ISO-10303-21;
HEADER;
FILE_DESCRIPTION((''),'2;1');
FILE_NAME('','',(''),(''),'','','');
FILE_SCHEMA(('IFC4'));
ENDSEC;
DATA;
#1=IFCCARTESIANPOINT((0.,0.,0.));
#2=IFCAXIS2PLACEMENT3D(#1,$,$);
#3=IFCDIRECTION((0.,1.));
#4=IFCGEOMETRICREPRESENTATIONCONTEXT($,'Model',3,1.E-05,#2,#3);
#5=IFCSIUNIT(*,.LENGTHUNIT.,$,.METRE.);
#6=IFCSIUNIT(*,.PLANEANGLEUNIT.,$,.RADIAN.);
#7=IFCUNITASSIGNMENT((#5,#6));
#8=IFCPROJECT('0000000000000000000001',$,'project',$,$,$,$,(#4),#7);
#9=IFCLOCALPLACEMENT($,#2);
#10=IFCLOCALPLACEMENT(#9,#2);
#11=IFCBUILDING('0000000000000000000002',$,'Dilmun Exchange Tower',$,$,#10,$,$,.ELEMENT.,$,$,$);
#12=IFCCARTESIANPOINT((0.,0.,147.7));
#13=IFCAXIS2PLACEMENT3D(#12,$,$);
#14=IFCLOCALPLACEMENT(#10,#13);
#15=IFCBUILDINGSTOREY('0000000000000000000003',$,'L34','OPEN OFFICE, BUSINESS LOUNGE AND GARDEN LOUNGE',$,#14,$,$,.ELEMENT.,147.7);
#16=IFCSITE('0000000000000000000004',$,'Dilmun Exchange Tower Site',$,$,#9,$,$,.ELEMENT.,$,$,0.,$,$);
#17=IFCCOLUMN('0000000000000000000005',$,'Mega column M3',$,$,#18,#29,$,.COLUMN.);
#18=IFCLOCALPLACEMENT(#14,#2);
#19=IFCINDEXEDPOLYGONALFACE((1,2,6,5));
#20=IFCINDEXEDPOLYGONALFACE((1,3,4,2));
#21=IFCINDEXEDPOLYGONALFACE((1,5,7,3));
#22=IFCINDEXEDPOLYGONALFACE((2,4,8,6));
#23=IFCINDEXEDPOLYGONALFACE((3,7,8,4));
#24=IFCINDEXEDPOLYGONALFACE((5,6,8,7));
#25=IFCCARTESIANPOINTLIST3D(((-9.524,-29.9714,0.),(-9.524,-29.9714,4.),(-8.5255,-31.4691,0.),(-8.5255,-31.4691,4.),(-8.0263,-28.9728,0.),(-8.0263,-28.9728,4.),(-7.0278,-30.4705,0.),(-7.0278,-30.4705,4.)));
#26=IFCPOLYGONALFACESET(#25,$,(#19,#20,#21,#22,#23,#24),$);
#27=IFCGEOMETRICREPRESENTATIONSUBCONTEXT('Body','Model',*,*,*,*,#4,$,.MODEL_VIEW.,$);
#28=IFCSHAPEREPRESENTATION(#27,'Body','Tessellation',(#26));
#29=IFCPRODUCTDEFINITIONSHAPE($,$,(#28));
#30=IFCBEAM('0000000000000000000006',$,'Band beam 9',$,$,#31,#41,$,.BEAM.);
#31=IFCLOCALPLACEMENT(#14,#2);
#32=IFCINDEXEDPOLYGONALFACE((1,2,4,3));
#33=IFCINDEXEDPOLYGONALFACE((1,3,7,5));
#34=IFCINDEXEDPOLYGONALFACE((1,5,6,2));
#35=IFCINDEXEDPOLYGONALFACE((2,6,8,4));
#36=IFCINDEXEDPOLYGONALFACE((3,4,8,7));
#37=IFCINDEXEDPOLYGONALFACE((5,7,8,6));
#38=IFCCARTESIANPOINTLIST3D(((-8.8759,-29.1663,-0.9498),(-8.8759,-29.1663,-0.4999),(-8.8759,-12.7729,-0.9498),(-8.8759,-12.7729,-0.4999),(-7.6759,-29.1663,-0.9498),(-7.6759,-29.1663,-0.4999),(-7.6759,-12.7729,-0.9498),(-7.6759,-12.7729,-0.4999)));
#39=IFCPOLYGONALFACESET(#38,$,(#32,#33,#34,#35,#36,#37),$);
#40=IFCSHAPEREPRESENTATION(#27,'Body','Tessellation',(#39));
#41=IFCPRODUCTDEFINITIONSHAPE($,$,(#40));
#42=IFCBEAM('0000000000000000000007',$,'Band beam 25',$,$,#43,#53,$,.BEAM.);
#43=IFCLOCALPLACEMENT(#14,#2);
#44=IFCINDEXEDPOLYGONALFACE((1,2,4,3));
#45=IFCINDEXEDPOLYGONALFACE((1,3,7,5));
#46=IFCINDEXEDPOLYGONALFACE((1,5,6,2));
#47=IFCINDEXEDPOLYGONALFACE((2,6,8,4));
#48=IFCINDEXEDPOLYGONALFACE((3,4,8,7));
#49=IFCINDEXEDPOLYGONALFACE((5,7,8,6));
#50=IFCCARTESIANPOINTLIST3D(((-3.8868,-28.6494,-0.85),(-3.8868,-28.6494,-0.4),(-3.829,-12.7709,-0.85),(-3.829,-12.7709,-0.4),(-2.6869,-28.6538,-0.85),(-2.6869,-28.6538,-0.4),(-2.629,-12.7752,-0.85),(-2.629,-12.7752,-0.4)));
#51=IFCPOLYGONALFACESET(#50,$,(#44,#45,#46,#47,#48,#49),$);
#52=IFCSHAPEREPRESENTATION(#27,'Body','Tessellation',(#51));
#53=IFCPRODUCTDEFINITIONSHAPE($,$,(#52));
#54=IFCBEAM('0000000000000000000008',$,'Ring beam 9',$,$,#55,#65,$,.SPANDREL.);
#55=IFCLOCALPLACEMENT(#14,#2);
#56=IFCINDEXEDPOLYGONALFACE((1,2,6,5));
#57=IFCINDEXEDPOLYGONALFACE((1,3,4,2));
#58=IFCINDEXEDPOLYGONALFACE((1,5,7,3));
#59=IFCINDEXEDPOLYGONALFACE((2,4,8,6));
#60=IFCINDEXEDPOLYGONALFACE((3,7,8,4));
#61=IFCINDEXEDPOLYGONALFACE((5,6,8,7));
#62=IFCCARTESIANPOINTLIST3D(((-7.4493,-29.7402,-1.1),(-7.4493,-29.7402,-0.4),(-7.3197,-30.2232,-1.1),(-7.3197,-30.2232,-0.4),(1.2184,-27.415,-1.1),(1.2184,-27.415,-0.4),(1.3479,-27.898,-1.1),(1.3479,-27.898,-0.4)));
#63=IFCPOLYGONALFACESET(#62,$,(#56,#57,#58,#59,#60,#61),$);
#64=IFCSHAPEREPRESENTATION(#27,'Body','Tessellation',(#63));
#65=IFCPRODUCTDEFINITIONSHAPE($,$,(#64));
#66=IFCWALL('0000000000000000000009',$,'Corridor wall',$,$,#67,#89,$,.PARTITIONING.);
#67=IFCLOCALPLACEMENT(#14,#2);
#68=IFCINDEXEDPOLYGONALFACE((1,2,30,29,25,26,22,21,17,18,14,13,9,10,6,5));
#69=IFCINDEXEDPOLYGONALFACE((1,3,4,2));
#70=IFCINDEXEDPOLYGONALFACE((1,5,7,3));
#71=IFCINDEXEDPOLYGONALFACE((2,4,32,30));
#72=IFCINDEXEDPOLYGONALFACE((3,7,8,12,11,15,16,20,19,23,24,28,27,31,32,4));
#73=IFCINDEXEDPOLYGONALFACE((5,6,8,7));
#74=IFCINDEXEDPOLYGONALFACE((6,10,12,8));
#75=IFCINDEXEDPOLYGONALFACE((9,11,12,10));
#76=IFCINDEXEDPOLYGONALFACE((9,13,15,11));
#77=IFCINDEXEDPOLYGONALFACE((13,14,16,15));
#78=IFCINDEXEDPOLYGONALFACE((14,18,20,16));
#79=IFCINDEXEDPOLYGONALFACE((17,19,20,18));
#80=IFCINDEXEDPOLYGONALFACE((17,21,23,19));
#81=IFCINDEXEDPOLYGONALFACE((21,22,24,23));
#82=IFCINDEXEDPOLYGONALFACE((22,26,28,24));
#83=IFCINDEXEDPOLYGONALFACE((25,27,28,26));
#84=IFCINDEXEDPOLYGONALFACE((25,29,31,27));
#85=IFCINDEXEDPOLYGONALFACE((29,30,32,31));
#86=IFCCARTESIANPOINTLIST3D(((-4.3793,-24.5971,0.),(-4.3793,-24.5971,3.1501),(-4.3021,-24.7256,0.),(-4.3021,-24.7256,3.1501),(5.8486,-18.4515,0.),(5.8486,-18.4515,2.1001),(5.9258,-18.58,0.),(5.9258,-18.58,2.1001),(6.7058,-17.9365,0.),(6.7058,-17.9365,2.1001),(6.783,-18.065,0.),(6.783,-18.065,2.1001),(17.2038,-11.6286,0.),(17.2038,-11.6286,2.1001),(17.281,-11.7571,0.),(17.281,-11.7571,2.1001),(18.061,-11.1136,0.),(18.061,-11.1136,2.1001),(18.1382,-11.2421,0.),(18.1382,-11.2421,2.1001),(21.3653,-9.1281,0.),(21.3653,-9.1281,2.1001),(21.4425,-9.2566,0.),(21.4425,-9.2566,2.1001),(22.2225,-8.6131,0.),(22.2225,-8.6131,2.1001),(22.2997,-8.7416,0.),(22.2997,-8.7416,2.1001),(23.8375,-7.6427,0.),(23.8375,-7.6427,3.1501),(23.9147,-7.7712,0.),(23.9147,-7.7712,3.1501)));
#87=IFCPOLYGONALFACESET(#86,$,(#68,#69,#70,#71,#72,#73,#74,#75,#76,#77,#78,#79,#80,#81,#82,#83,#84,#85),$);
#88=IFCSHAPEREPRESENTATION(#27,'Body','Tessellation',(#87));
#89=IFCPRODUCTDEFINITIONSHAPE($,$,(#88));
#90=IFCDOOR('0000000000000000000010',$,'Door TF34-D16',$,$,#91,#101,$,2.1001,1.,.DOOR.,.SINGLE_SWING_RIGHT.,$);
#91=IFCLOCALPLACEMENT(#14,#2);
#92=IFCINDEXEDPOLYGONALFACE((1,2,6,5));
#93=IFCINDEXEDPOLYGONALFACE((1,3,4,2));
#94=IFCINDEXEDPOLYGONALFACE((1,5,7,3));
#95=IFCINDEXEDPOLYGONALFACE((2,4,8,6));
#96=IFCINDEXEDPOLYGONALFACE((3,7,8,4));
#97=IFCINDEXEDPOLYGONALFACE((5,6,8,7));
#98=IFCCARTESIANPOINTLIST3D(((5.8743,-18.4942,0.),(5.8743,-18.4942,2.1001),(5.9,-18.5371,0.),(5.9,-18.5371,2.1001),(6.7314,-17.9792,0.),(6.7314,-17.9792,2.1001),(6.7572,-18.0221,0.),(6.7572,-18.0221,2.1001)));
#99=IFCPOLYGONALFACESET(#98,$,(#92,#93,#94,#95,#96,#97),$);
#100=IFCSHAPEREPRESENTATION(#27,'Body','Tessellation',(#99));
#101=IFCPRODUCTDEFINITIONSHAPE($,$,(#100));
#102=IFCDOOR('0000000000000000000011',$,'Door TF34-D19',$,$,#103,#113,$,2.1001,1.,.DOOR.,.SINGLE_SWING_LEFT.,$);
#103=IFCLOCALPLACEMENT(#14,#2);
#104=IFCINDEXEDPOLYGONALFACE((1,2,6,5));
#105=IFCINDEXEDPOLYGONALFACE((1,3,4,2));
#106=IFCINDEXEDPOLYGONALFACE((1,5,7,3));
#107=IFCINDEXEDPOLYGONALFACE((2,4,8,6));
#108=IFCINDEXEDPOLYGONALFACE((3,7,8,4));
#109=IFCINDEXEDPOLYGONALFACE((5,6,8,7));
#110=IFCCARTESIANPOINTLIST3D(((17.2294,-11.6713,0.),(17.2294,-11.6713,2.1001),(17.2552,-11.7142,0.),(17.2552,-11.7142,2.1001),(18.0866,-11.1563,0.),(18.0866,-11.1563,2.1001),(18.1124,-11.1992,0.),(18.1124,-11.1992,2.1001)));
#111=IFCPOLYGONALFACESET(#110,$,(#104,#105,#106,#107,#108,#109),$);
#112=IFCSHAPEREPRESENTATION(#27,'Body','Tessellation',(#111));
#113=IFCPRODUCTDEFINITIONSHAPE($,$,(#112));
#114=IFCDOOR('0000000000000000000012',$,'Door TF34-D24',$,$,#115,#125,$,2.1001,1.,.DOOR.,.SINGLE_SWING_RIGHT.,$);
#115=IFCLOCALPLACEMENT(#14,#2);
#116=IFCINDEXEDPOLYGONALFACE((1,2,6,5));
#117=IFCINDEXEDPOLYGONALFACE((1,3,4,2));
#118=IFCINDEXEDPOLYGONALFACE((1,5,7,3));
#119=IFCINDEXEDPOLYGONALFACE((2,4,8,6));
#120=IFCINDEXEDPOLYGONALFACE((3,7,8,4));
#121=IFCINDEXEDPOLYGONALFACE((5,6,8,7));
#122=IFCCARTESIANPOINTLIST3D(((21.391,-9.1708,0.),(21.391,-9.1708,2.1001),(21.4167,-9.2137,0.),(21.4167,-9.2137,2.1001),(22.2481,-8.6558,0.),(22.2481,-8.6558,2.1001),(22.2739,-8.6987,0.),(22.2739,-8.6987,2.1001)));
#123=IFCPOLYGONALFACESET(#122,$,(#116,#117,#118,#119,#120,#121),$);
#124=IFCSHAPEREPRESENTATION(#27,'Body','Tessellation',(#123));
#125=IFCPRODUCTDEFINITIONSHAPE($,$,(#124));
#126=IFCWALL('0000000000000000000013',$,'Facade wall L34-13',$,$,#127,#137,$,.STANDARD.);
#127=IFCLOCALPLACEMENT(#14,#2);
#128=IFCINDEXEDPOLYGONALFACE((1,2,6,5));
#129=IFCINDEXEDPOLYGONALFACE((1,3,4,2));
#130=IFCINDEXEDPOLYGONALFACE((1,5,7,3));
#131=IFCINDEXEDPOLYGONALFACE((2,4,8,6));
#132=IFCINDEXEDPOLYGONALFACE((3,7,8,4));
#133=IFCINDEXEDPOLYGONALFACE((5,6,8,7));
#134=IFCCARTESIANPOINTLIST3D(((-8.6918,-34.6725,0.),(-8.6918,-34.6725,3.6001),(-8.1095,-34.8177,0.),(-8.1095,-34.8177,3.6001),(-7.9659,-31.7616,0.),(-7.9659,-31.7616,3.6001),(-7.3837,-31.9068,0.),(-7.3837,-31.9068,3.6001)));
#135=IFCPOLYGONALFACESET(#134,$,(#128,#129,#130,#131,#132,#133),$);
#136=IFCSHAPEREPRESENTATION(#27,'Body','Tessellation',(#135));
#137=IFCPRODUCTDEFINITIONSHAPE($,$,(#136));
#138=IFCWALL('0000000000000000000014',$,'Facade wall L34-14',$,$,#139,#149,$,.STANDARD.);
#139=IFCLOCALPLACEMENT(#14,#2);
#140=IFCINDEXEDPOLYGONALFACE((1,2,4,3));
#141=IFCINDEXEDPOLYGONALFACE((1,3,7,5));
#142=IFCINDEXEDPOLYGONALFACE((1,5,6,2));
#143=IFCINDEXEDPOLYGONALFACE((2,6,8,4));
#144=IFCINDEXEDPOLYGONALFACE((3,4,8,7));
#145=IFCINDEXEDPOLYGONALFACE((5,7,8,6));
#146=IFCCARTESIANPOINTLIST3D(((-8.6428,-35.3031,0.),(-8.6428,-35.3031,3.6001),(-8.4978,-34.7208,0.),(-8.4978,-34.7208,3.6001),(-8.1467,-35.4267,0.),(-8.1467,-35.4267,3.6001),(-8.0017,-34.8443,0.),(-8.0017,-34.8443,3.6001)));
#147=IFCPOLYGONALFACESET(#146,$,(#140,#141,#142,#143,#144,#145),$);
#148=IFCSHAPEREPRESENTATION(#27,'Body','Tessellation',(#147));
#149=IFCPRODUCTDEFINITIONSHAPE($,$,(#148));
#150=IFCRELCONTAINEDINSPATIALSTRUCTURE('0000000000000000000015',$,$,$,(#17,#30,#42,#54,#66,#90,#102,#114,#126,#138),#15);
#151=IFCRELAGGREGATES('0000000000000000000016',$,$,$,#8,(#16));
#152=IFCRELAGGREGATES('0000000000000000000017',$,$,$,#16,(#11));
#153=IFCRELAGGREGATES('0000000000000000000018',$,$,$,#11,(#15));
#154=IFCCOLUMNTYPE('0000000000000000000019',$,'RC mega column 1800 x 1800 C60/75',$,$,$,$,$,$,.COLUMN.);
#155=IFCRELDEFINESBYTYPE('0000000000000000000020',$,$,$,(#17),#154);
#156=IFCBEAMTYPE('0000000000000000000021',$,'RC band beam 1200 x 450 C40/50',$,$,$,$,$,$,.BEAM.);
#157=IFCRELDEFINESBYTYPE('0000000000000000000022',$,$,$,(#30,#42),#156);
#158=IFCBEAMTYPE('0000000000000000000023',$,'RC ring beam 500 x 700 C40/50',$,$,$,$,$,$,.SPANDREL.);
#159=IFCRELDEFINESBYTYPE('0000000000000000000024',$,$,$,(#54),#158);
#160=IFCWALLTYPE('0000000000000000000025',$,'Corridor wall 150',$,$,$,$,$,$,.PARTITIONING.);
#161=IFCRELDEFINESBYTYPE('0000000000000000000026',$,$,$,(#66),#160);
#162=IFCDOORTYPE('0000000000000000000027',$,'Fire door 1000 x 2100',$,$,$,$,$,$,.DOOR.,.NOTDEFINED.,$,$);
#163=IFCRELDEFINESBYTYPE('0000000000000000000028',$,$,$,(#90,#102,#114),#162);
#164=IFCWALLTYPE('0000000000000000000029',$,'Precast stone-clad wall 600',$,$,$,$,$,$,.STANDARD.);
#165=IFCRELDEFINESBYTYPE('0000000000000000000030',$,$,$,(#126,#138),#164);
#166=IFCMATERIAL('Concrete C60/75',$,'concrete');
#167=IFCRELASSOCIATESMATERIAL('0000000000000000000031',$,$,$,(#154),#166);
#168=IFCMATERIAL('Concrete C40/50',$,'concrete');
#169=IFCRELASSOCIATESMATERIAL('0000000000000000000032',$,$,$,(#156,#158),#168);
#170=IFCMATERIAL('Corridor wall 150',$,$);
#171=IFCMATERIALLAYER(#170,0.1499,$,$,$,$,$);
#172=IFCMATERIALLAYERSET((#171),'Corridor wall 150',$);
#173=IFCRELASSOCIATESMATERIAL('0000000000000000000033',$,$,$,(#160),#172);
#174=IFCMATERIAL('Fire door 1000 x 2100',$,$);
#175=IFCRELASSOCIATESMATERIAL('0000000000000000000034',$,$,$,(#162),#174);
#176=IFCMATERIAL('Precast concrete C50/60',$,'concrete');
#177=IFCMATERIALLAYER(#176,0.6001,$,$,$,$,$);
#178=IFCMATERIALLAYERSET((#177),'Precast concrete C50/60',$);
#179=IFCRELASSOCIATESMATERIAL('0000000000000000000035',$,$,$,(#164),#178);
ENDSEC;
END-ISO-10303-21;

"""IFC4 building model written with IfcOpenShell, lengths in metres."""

from ifc_helpers import new_model, si_unit, direction, frame, frame_2d, origin, origin_2d, place, context, subcontext, project, spatial, rectangle, extrude, material, layer, layer_set, material_profile, profile_set, type_object, element, fill, save


model = new_model("IFC4")

# Units and contexts
model_context = context("Model", 3, precision=1e-05, world=origin(), true_north=direction((0.0, 1.0)))
body_context = subcontext(model_context, "Body", "Model", "MODEL_VIEW")
ifc_project = project(units=[si_unit("LENGTHUNIT", "METRE"), si_unit("PLANEANGLEUNIT", "RADIAN")], contexts=[model_context])

# Site, building, storey
site_placement = place(None, origin())
site = spatial("IfcSite", under=ifc_project, at=site_placement, Name="Dilmun Exchange Tower Site", CompositionType="ELEMENT", RefElevation=0.0)
building_placement = place(site_placement, origin())
building = spatial("IfcBuilding", under=site, at=building_placement, Name="Dilmun Exchange Tower", CompositionType="ELEMENT")
storey_placement = place(building_placement, frame((0.0, 0.0, 147.7)))
storey = spatial("IfcBuildingStorey", under=building, at=storey_placement, Name="L34", Description="OPEN OFFICE, BUSINESS LOUNGE AND GARDEN LOUNGE", CompositionType="ELEMENT", Elevation=147.7)

# Column
ifc_material_1 = material(Name="Concrete C60/75", Category="concrete")
ifc_material_profile_1 = material_profile(ifc_material_1, rectangle(XDim=1.8, YDim=1.8, at=origin_2d()), Name="1800 x 1800")
ifc_profile_set_1 = profile_set([ifc_material_profile_1], Name="Concrete C60/75")
column_type = type_object("IfcColumnType", Name="RC mega column 1800 x 1800 C60/75", PredefinedType="COLUMN", material=ifc_profile_set_1)
column_placement = place(storey_placement, frame((-8.2759, -30.2209, 0.0), z_axis=(0.0, 0.0, 1.0), x_axis=(0.832029, 0.554733, 0.0)))
element("IfcColumn", 1, at=column_placement, inside=storey, type_object=column_type, Name="Mega column M3", PredefinedType="COLUMN", context=body_context, shape_type="SweptSolid", body=[
    extrude(rectangle(XDim=1.8, YDim=1.8, at=origin_2d()), origin(), (0.0, 0.0, 1.0), 4.0),
])

# Beams
ifc_material_2 = material(Name="Concrete C40/50", Category="concrete")
ifc_material_profile_2 = material_profile(ifc_material_2, rectangle(XDim=1.2, YDim=0.45, at=origin_2d()), Name="1200 x 450")
ifc_profile_set_2 = profile_set([ifc_material_profile_2], Name="Concrete C40/50")
beam_type_1 = type_object("IfcBeamType", Name="RC band beam 1200 x 450 C40/50", PredefinedType="BEAM", material=ifc_profile_set_2)
beam_1_placement = place(storey_placement, frame((-8.2759, -29.1663, -0.7249), z_axis=(0.0, 1.0, 0.0), x_axis=(-1.0, 0.0, 0.0)))
element("IfcBeam", 2, at=beam_1_placement, inside=storey, type_object=beam_type_1, Name="Band beam 9", PredefinedType="BEAM", context=body_context, shape_type="SweptSolid", body=[
    extrude(rectangle(XDim=1.2, YDim=0.45, at=origin_2d()), origin(), (0.0, 0.0, 1.0), 16.3933),
])
beam_2_placement = place(storey_placement, frame((-3.2869, -28.6516, -0.625), z_axis=(0.003644, 0.999993, 0.0), x_axis=(-0.999993, 0.003644, 0.0)))
element("IfcBeam", 3, at=beam_2_placement, inside=storey, type_object=beam_type_1, Name="Band beam 25", PredefinedType="BEAM", context=body_context, shape_type="SweptSolid", body=[
    extrude(rectangle(XDim=1.2, YDim=0.45, at=origin_2d()), origin(), (0.0, 0.0, 1.0), 15.8787),
])
ifc_material_profile_3 = material_profile(ifc_material_2, rectangle(XDim=0.5, YDim=0.7, at=origin_2d()), Name="500 x 700")
ifc_profile_set_3 = profile_set([ifc_material_profile_3], Name="Concrete C40/50")
beam_type_2 = type_object("IfcBeamType", Name="RC ring beam 500 x 700 C40/50", PredefinedType="SPANDREL", material=ifc_profile_set_3)
beam_3_placement = place(storey_placement, frame((-7.3845, -29.9817, -0.75), z_axis=(0.965851, 0.259098, 0.0), x_axis=(-0.259098, 0.965851, 0.0)))
element("IfcBeam", 4, at=beam_3_placement, inside=storey, type_object=beam_type_2, Name="Ring beam 9", PredefinedType="SPANDREL", context=body_context, shape_type="SweptSolid", body=[
    extrude(rectangle(XDim=0.5, YDim=0.7, at=origin_2d()), origin(), (0.0, 0.0, 1.0), 8.9741),
])

# Wall, openings, doors
ifc_material_3 = material(Name="Corridor wall 150")
ifc_layer_1 = layer(ifc_material_3, 0.1499)
ifc_layer_set_1 = layer_set([ifc_layer_1], Name="Corridor wall 150")
wall_type_1 = type_object("IfcWallType", Name="Corridor wall 150", PredefinedType="PARTITIONING", material=ifc_layer_set_1)
wall_1_placement = place(storey_placement, frame((-4.3408, -24.6614, 0.0), z_axis=(0.0, 0.0, 1.0), x_axis=(0.857168, 0.515038, 0.0)))
wall_1 = element("IfcWall", 5, at=wall_1_placement, inside=storey, type_object=wall_type_1, Name="Corridor wall", PredefinedType="PARTITIONING", context=body_context, shape_type="SweptSolid", body=[
    extrude(rectangle(XDim=32.9187, YDim=0.1499, at=frame_2d((16.4595, 0.0))), origin(), (0.0, 0.0, 1.0), 3.1501),
])
opening_1_placement = place(wall_1_placement, frame((11.9324, 0.0, 0.0)))
opening_1 = element("IfcOpeningElement", 6, at=opening_1_placement, cuts=wall_1, PredefinedType="OPENING", context=body_context, shape_type="SweptSolid", body=[
    extrude(rectangle(XDim=1.0, YDim=2.1001, at=frame_2d((0.5, 1.05))), frame((0.0, 0.085, 0.0), z_axis=(0.0, -1.0, 0.0), x_axis=(1.0, 0.0, 0.0)), (0.0, 0.0, 1.0), 0.1699),
])
opening_2_placement = place(wall_1_placement, frame((25.1797, 0.0, 0.0)))
opening_2 = element("IfcOpeningElement", 7, at=opening_2_placement, cuts=wall_1, PredefinedType="OPENING", context=body_context, shape_type="SweptSolid", body=[
    extrude(rectangle(XDim=1.0, YDim=2.1001, at=frame_2d((0.5, 1.05))), frame((0.0, 0.085, 0.0), z_axis=(0.0, -1.0, 0.0), x_axis=(1.0, 0.0, 0.0)), (0.0, 0.0, 1.0), 0.1699),
])
opening_3_placement = place(wall_1_placement, frame((30.0347, 0.0, 0.0)))
opening_3 = element("IfcOpeningElement", 8, at=opening_3_placement, cuts=wall_1, PredefinedType="OPENING", context=body_context, shape_type="SweptSolid", body=[
    extrude(rectangle(XDim=1.0, YDim=2.1001, at=frame_2d((0.5, 1.05))), frame((0.0, 0.085, 0.0), z_axis=(0.0, -1.0, 0.0), x_axis=(1.0, 0.0, 0.0)), (0.0, 0.0, 1.0), 0.1699),
])
ifc_material_4 = material(Name="Fire door 1000 x 2100")
door_type = type_object("IfcDoorType", Name="Fire door 1000 x 2100", OperationType="NOTDEFINED", PredefinedType="DOOR", material=ifc_material_4)
door_1_placement = place(opening_1_placement, frame((1.0, 0.0, 0.0), z_axis=(0.0, 0.0, 1.0), x_axis=(-1.0, 0.0, 0.0)))
door_1 = element("IfcDoor", 9, at=door_1_placement, inside=storey, type_object=door_type, Name="Door TF34-D16", OperationType="SINGLE_SWING_RIGHT", OverallHeight=2.1001, OverallWidth=1.0, PredefinedType="DOOR", context=body_context, shape_type="SweptSolid", body=[
    extrude(rectangle(XDim=1.0, YDim=2.1001, at=frame_2d((0.5, 1.05))), frame((0.0, 0.0249, 0.0), z_axis=(0.0, -1.0, 0.0), x_axis=(1.0, 0.0, 0.0)), (0.0, 0.0, 1.0), 0.05),
])
fill(opening_1, door_1)
door_2_placement = place(opening_2_placement, frame((1.0, 0.0, 0.0), z_axis=(0.0, 0.0, 1.0), x_axis=(-1.0, 0.0, 0.0)))
door_2 = element("IfcDoor", 10, at=door_2_placement, inside=storey, type_object=door_type, Name="Door TF34-D19", OperationType="SINGLE_SWING_LEFT", OverallHeight=2.1001, OverallWidth=1.0, PredefinedType="DOOR", context=body_context, shape_type="SweptSolid", body=[
    extrude(rectangle(XDim=1.0, YDim=2.1001, at=frame_2d((0.5, 1.05))), frame((0.0, 0.0249, 0.0), z_axis=(0.0, -1.0, 0.0), x_axis=(1.0, 0.0, 0.0)), (0.0, 0.0, 1.0), 0.05),
])
fill(opening_2, door_2)
door_3_placement = place(opening_3_placement, frame((1.0, 0.0, 0.0), z_axis=(0.0, 0.0, 1.0), x_axis=(-1.0, 0.0, 0.0)))
door_3 = element("IfcDoor", 11, at=door_3_placement, inside=storey, type_object=door_type, Name="Door TF34-D24", OperationType="SINGLE_SWING_RIGHT", OverallHeight=2.1001, OverallWidth=1.0, PredefinedType="DOOR", context=body_context, shape_type="SweptSolid", body=[
    extrude(rectangle(XDim=1.0, YDim=2.1001, at=frame_2d((0.5, 1.05))), frame((0.0, 0.0249, 0.0), z_axis=(0.0, -1.0, 0.0), x_axis=(1.0, 0.0, 0.0)), (0.0, 0.0, 1.0), 0.05),
])
fill(opening_3, door_3)

# Walls
ifc_material_5 = material(Name="Precast concrete C50/60", Category="concrete")
ifc_layer_2 = layer(ifc_material_5, 0.6001)
ifc_layer_set_2 = layer_set([ifc_layer_2], Name="Precast concrete C50/60")
wall_type_2 = type_object("IfcWallType", Name="Precast stone-clad wall 600", PredefinedType="STANDARD", material=ifc_layer_set_2)
wall_2_placement = place(storey_placement, frame((-7.6748, -31.8342, 0.0), z_axis=(0.0, 0.0, 1.0), x_axis=(-0.241942, -0.970291, 0.0)))
element("IfcWall", 12, at=wall_2_placement, inside=storey, type_object=wall_type_2, Name="Facade wall L34-13", PredefinedType="STANDARD", context=body_context, shape_type="SweptSolid", body=[
    extrude(rectangle(XDim=3.0, YDim=0.6001, at=frame_2d((1.5, 0.0))), origin(), (0.0, 0.0, 1.0), 3.6001),
])
wall_3_placement = place(storey_placement, frame((-8.5703, -35.012, 0.0), z_axis=(0.0, 0.0, 1.0), x_axis=(0.970367, -0.241637, 0.0)))
element("IfcWall", 13, at=wall_3_placement, inside=storey, type_object=wall_type_2, Name="Facade wall L34-14", PredefinedType="STANDARD", context=body_context, shape_type="SweptSolid", body=[
    extrude(rectangle(XDim=0.5112, YDim=0.6001, at=frame_2d((0.2556, 0.0))), origin(), (0.0, 0.0, 1.0), 3.6001),
])

save(model, "model.ifc")
